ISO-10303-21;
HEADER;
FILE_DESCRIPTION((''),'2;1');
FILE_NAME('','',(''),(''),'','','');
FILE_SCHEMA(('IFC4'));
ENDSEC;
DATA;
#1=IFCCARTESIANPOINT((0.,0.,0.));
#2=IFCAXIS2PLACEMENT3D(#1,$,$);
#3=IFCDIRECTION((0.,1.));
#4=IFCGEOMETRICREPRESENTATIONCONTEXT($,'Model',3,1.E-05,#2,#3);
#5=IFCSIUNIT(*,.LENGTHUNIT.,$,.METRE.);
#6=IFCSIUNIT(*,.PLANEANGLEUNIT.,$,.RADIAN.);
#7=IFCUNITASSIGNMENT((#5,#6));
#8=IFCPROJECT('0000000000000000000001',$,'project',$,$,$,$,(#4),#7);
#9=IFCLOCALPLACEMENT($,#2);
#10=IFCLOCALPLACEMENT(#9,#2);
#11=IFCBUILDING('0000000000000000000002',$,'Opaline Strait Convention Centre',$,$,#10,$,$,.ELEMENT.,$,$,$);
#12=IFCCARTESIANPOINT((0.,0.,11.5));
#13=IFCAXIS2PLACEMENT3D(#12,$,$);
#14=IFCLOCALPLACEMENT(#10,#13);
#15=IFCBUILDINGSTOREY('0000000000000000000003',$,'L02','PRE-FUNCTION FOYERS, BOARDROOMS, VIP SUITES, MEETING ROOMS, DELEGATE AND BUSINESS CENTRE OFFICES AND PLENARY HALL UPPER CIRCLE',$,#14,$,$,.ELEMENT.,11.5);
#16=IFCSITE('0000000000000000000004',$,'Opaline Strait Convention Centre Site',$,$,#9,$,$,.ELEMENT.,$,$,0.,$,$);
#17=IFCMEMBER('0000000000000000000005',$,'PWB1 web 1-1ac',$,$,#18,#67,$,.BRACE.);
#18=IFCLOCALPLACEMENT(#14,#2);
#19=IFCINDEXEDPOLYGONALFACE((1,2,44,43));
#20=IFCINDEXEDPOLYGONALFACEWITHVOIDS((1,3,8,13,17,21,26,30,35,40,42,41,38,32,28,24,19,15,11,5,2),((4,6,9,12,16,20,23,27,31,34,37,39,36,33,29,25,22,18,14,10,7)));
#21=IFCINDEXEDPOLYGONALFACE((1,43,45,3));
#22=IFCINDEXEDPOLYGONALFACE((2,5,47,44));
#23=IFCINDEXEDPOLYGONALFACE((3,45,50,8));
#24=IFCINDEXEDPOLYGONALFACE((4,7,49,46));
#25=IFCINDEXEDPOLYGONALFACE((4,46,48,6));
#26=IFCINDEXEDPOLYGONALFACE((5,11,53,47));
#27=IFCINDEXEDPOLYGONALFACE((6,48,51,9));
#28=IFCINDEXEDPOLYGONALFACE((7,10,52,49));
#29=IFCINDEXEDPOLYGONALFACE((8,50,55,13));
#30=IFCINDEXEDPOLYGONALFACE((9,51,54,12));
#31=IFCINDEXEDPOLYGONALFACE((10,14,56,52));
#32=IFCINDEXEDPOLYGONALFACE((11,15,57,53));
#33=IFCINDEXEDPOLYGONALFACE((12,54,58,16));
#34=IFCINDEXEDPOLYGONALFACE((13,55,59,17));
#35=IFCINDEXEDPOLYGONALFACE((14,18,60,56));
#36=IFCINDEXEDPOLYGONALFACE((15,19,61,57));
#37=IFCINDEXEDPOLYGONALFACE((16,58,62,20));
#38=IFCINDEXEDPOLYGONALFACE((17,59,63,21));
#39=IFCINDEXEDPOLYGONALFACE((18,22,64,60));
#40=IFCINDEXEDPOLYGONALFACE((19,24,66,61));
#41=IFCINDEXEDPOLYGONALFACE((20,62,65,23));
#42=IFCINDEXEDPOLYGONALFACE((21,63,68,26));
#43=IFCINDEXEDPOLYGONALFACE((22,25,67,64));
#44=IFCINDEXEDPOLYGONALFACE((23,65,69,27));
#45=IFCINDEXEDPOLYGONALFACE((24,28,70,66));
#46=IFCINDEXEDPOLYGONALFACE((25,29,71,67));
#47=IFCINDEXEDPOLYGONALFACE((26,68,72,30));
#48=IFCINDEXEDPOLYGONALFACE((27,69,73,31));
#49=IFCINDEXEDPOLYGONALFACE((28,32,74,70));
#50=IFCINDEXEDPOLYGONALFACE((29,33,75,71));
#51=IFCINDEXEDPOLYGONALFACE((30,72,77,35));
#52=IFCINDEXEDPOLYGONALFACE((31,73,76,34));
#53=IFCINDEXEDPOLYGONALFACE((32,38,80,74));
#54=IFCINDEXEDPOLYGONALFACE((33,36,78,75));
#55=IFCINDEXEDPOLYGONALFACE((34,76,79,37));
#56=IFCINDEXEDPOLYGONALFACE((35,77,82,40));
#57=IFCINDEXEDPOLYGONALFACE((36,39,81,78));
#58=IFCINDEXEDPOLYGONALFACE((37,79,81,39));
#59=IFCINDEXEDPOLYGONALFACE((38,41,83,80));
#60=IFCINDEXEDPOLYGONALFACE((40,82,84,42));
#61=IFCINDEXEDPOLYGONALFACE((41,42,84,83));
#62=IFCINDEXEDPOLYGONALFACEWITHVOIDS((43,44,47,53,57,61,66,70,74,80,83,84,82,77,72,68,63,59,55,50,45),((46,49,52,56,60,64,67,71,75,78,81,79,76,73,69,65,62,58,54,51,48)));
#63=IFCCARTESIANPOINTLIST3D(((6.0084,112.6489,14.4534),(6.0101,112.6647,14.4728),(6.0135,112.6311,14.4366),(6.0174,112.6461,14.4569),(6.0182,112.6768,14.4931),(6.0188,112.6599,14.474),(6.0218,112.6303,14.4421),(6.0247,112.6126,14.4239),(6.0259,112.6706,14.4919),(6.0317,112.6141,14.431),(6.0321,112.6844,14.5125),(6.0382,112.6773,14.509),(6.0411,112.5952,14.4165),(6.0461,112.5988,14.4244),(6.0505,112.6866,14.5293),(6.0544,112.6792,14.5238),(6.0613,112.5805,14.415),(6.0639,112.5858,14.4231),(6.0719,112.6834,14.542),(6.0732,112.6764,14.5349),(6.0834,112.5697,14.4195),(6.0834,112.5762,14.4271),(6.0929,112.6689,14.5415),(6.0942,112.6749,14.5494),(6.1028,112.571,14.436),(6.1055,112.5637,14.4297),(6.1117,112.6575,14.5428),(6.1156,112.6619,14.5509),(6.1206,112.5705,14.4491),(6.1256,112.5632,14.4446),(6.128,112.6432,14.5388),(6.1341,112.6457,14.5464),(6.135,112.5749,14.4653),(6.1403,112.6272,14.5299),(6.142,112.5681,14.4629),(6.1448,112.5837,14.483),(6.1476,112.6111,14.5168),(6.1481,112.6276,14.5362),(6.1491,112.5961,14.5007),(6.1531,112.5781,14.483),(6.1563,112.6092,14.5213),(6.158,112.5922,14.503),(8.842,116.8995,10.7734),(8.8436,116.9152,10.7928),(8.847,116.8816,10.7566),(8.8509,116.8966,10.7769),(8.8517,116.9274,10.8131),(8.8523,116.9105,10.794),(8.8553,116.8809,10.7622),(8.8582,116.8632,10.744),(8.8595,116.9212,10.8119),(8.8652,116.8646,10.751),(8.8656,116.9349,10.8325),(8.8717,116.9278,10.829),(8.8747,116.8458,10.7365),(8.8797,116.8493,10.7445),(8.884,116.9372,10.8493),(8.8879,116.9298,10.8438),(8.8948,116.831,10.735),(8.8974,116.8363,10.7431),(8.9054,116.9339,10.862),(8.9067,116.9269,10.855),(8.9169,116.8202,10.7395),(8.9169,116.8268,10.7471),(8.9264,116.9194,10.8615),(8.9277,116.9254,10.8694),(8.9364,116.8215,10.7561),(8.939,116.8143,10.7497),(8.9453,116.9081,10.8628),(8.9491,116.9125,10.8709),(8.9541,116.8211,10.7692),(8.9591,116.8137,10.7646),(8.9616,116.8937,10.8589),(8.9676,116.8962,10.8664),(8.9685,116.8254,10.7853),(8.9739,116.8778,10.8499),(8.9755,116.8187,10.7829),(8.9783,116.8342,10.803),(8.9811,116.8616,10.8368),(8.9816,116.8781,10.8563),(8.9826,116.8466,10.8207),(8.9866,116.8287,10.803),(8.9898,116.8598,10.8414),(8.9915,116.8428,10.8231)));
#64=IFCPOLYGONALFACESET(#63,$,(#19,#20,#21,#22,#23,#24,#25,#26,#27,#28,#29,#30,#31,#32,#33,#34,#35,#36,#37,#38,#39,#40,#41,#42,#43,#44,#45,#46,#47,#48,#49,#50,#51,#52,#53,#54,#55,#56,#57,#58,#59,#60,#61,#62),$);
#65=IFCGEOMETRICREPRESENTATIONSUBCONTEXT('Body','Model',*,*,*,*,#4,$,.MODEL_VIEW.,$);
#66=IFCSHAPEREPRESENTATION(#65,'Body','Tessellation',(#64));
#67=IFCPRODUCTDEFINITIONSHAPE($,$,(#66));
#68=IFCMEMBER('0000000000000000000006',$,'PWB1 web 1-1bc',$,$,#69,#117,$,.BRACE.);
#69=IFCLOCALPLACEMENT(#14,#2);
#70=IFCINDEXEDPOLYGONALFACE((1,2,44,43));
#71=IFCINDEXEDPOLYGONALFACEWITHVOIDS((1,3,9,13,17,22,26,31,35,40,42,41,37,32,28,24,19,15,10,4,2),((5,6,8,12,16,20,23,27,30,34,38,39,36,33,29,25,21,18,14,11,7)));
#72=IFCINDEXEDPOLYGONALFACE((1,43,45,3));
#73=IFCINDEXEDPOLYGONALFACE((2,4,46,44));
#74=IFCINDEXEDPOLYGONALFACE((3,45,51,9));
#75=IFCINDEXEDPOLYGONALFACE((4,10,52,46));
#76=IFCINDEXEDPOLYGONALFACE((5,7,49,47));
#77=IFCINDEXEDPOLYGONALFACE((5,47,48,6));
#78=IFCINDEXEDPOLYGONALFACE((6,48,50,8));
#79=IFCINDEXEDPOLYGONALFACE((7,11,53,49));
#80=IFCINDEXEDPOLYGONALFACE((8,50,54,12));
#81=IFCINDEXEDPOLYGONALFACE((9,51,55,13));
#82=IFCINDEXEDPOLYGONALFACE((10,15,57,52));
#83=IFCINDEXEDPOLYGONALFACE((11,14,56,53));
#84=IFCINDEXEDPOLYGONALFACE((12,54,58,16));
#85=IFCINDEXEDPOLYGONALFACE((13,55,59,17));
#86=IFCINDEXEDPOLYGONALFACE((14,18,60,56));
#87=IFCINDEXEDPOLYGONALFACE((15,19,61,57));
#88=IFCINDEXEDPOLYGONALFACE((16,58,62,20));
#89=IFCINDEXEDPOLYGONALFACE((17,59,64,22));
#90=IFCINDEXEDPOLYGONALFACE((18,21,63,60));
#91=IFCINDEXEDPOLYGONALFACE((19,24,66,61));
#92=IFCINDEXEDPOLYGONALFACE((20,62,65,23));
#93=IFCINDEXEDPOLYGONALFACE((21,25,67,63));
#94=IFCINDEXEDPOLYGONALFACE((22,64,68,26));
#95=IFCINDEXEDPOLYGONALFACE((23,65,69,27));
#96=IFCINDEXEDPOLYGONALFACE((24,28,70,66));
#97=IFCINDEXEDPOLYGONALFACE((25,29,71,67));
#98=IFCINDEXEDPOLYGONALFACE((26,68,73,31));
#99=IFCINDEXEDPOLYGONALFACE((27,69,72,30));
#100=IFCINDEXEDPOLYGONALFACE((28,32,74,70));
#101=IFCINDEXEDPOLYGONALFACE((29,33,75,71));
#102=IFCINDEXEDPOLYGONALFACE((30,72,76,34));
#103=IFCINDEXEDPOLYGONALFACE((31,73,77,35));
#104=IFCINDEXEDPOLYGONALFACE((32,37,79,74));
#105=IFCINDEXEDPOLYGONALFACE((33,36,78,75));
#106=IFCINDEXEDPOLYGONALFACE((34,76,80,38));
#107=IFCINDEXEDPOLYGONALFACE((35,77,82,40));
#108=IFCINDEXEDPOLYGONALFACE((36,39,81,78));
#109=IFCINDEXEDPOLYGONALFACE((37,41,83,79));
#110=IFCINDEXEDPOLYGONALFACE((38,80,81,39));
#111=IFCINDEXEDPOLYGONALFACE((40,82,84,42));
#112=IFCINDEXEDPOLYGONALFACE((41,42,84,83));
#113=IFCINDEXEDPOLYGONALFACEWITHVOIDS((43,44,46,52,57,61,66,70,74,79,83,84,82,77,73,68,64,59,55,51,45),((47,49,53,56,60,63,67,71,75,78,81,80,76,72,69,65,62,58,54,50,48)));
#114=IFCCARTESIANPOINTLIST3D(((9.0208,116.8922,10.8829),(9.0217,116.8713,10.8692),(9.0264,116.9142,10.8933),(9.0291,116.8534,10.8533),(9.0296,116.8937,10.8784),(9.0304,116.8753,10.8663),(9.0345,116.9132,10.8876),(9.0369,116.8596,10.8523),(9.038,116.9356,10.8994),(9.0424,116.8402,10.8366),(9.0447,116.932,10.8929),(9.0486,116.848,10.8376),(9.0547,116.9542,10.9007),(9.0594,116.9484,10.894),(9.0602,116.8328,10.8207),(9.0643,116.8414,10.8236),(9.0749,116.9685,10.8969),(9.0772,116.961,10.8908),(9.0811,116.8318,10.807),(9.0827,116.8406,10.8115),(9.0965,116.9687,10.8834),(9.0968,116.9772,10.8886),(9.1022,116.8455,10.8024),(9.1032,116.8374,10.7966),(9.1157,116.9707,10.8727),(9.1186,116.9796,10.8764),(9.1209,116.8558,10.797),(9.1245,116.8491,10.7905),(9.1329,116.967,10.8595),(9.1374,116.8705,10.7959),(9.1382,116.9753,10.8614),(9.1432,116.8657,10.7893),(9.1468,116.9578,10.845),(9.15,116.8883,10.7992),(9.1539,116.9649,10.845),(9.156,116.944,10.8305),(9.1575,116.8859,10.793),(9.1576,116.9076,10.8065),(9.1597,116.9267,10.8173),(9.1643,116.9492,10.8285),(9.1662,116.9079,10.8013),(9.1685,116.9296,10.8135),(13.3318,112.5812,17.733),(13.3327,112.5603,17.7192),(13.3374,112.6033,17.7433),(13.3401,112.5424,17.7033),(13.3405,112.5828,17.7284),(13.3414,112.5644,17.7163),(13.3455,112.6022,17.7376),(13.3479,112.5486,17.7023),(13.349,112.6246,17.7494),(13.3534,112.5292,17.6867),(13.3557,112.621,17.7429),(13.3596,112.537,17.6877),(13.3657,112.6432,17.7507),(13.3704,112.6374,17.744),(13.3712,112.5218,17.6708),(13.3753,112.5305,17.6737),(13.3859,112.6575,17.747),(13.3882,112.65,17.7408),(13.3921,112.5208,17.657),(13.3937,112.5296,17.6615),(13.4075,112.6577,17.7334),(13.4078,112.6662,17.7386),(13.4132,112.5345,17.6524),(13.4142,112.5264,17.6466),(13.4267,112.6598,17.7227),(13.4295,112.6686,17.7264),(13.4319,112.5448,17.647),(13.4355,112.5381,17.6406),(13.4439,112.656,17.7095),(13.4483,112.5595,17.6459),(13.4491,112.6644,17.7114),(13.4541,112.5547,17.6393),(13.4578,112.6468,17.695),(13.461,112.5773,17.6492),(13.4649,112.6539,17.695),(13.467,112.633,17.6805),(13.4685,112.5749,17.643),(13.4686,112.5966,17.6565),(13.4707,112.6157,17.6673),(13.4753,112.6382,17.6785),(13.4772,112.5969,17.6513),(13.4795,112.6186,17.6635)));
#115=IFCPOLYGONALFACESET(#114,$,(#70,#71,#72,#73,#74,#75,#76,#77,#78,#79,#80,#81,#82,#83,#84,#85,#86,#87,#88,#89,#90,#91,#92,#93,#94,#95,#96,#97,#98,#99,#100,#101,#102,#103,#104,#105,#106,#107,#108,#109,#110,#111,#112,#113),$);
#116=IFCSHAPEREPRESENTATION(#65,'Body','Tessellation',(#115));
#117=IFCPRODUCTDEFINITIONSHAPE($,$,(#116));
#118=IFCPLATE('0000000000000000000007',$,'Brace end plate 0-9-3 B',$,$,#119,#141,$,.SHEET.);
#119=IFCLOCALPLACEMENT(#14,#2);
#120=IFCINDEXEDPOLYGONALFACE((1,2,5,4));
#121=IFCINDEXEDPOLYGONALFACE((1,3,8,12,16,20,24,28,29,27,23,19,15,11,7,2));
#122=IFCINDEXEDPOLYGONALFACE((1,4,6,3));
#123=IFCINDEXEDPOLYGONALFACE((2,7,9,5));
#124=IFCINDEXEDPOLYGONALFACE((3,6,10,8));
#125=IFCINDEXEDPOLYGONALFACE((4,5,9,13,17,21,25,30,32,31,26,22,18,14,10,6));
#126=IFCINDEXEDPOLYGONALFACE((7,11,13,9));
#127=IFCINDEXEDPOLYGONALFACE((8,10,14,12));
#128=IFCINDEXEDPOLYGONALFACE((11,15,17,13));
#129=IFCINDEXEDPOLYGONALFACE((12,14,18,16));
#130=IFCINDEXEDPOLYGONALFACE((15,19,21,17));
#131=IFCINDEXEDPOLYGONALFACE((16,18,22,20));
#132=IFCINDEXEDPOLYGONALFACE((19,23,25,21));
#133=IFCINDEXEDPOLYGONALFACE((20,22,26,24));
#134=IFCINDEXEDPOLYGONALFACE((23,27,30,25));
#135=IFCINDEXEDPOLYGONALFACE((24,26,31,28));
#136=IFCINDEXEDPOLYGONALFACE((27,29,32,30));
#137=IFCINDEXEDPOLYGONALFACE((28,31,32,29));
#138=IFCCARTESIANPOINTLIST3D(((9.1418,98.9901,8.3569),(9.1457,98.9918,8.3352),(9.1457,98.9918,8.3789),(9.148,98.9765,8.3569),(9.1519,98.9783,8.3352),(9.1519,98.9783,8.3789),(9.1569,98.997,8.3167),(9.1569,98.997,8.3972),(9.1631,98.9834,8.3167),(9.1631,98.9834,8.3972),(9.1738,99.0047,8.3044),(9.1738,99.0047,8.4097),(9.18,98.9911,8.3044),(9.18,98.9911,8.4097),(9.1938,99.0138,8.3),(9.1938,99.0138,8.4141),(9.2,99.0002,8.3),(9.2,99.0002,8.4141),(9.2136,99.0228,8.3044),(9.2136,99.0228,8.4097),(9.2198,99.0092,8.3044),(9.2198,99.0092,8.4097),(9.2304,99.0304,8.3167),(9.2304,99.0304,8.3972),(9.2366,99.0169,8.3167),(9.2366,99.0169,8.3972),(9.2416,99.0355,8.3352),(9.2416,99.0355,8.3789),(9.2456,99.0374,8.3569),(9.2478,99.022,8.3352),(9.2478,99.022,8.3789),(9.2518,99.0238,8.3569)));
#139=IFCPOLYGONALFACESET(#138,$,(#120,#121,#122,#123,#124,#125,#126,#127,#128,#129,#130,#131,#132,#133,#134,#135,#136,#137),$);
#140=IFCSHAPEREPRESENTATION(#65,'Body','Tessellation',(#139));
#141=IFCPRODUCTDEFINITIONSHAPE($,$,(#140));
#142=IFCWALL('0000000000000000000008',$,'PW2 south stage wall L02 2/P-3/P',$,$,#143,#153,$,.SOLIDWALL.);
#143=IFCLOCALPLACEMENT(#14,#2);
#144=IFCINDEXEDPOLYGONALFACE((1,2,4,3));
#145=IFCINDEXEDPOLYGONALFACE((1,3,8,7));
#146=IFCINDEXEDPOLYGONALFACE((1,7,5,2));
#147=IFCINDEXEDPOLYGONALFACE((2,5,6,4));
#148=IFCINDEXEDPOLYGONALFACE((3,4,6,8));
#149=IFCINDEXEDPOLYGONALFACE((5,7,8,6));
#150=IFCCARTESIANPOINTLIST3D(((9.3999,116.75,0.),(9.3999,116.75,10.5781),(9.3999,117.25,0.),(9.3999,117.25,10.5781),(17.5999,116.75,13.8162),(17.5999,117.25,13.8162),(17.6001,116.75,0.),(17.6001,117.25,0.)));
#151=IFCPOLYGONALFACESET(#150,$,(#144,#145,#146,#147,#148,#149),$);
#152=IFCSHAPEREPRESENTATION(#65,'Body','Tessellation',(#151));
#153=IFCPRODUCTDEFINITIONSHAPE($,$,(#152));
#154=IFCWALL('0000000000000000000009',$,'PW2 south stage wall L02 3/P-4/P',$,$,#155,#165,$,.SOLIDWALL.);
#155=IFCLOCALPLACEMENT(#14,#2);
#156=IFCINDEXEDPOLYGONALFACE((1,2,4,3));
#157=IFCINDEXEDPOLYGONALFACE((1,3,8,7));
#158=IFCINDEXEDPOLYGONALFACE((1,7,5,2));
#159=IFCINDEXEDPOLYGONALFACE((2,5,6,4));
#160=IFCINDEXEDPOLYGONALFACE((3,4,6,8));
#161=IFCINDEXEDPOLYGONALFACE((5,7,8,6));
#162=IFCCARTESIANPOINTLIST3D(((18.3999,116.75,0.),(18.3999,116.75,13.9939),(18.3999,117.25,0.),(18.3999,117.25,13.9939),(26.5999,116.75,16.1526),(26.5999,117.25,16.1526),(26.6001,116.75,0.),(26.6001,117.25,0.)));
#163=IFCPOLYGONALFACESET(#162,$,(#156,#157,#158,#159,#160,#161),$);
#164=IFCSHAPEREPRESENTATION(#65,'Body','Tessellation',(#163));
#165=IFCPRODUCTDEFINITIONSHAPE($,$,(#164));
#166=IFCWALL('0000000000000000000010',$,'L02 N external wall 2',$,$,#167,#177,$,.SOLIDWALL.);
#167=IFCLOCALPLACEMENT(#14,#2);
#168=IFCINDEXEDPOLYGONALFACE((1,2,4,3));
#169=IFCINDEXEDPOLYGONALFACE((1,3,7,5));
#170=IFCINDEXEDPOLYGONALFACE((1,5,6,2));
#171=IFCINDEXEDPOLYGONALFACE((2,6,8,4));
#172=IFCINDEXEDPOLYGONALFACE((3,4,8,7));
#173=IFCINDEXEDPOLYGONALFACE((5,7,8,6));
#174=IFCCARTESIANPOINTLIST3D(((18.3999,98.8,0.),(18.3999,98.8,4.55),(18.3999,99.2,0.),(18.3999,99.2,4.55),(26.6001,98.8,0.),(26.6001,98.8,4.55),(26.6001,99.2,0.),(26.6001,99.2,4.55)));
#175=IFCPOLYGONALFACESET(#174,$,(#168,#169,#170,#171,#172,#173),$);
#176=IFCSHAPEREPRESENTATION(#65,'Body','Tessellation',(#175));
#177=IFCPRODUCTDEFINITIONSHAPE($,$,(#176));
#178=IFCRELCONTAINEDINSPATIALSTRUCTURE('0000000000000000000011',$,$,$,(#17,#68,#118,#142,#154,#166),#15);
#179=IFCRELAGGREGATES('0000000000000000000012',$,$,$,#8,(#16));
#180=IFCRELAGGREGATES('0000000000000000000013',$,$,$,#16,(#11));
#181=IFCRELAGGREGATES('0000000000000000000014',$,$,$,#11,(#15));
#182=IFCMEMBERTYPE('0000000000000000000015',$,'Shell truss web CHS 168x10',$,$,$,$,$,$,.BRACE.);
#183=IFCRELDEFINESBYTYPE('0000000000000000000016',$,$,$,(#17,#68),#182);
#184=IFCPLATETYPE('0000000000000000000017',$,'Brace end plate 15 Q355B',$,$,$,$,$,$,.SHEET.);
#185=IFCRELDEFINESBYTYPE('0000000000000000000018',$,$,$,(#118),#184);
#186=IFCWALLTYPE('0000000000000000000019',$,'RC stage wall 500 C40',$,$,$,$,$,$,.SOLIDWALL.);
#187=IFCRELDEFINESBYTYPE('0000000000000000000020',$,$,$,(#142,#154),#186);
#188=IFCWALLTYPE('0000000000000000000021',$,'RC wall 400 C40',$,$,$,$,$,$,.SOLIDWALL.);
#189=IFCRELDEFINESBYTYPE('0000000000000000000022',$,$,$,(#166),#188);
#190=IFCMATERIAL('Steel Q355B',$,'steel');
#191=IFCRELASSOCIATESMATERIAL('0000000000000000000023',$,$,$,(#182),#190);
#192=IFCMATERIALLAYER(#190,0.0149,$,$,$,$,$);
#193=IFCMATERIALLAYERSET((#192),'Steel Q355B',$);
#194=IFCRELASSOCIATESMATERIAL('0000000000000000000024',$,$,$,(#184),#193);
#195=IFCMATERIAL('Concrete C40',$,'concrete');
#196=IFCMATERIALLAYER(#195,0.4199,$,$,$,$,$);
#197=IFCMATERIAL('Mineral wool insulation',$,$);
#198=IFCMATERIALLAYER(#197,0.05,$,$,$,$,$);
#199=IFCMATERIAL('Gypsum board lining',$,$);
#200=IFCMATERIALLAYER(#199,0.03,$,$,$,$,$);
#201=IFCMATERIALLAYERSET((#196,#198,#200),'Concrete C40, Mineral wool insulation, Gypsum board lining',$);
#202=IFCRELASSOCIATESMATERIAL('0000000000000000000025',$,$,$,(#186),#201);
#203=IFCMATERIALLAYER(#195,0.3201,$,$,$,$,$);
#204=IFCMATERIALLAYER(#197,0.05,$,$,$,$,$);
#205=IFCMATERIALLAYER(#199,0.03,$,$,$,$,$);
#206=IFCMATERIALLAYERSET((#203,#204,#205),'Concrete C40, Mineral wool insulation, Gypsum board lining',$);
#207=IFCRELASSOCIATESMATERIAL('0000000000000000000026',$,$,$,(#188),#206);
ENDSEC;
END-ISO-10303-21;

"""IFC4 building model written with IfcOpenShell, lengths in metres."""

from ifc_helpers import new_model, si_unit, direction, frame, frame_2d, origin, origin_2d, place, context, subcontext, project, spatial, polyline, rectangle, hollow_circle, outline, extrude, material, layer, layer_set, material_profile, profile_set, type_object, element, save


model = new_model("IFC4")

# Units and contexts
model_context = context("Model", 3, precision=1e-05, world=origin(), true_north=direction((0.0, 1.0)))
body_context = subcontext(model_context, "Body", "Model", "MODEL_VIEW")
ifc_project = project(units=[si_unit("LENGTHUNIT", "METRE"), si_unit("PLANEANGLEUNIT", "RADIAN")], contexts=[model_context])

# Site, building, storey
site_placement = place(None, origin())
site = spatial("IfcSite", under=ifc_project, at=site_placement, Name="Opaline Strait Convention Centre Site", CompositionType="ELEMENT", RefElevation=0.0)
building_placement = place(site_placement, origin())
building = spatial("IfcBuilding", under=site, at=building_placement, Name="Opaline Strait Convention Centre", CompositionType="ELEMENT")
storey_placement = place(building_placement, frame((0.0, 0.0, 11.5)))
storey = spatial("IfcBuildingStorey", under=building, at=storey_placement, Name="L02", Description="PRE-FUNCTION FOYERS, BOARDROOMS, VIP SUITES, MEETING ROOMS, DELEGATE AND BUSINESS CENTRE OFFICES AND PLENARY HALL UPPER CIRCLE", CompositionType="ELEMENT", Elevation=11.5)

# Shared definitions
ifc_material_1 = material(Name="Concrete C40", Category="concrete")

# Members
ifc_material_2 = material(Name="Steel Q355B", Category="steel")
ifc_material_profile_1 = material_profile(ifc_material_2, hollow_circle(Radius=0.084, WallThickness=0.01, at=origin_2d()), Name="CHS 168x10")
ifc_profile_set_1 = profile_set([ifc_material_profile_1], Name="Steel Q355B")
member_type_1 = type_object("IfcMemberType", Name="Shell truss web CHS 168x10", PredefinedType="BRACE", material=ifc_profile_set_1)
member_1_placement = place(storey_placement, frame((8.9167, 116.8752, 10.803), z_axis=(-0.45006, -0.675129, 0.584505), x_axis=(0.832065, -0.554678, 0.0)))
element("IfcMember", 1, at=member_1_placement, inside=storey, type_object=member_type_1, Name="PWB1 web 1-1ac", PredefinedType="BRACE", context=body_context, shape_type="SweptSolid", body=[
    extrude(hollow_circle(Radius=0.084, WallThickness=0.01, at=origin_2d()), origin(), (0.0, 0.0, 1.0), 6.2959),
])
member_2_placement = place(storey_placement, frame((9.0945, 116.9055, 10.845), z_axis=(0.47011, -0.47011, 0.74699), x_axis=(0.707107, 0.707107, 0.0)))
element("IfcMember", 2, at=member_2_placement, inside=storey, type_object=member_type_1, Name="PWB1 web 1-1bc", PredefinedType="BRACE", context=body_context, shape_type="SweptSolid", body=[
    extrude(hollow_circle(Radius=0.084, WallThickness=0.01, at=origin_2d()), origin(), (0.0, 0.0, 1.0), 9.1702),
])

# Plate
ifc_layer_1 = layer(ifc_material_2, 0.0149)
ifc_layer_set_1 = layer_set([ifc_layer_1], Name="Steel Q355B")
plate_type = type_object("IfcPlateType", Name="Brace end plate 15 Q355B", PredefinedType="SHEET", material=ifc_layer_set_1)
plate_placement = place(storey_placement, frame((9.2456, 99.0374, 8.3569), z_axis=(-0.414547, 0.910028, 0.0), x_axis=(-0.179212, -0.081637, -0.980418)))
element("IfcPlate", 3, at=plate_placement, inside=storey, type_object=plate_type, Name="Brace end plate 0-9-3 B", PredefinedType="SHEET", context=body_context, shape_type="SweptSolid", body=[
    extrude(outline(polyline([(0.0, 0.0), (0.0222, 0.0), (0.0428, 0.0084), (0.0584, 0.0242), (0.067, 0.0446), (0.067, 0.067), (0.0587, 0.0876), (0.0429, 0.1034), (0.0225, 0.1118), (0.0001, 0.112), (-0.0203, 0.1035), (-0.0362, 0.0877), (-0.0448, 0.0671), (-0.0448, 0.0449), (-0.0362, 0.0243), (-0.0207, 0.0086), (0.0, 0.0)])), origin(), (0.0, 0.0, -1.0), 0.0149),
])

# Walls
ifc_layer_2 = layer(ifc_material_1, 0.4199)
ifc_material_3 = material(Name="Mineral wool insulation")
ifc_layer_3 = layer(ifc_material_3, 0.05)
ifc_material_4 = material(Name="Gypsum board lining")
ifc_layer_4 = layer(ifc_material_4, 0.03)
ifc_layer_set_2 = layer_set([ifc_layer_2, ifc_layer_3, ifc_layer_4], Name="Concrete C40, Mineral wool insulation, Gypsum board lining")
wall_type_1 = type_object("IfcWallType", Name="RC stage wall 500 C40", PredefinedType="SOLIDWALL", material=ifc_layer_set_2)
wall_1_placement = place(storey_placement, frame((9.3999, 117.0, 0.0), z_axis=(0.0, 0.0, 1.0), x_axis=(1.0, 0.0, 0.0)))
element("IfcWall", 4, at=wall_1_placement, inside=storey, type_object=wall_type_1, Name="PW2 south stage wall L02 2/P-3/P", PredefinedType="SOLIDWALL", context=body_context, shape_type="SweptSolid", body=[
    extrude(outline(polyline([(0.0, 0.0), (8.2002, 0.0), (8.2, 13.8162), (0.0, 10.5781), (0.0, 0.0)])), frame((0.0, 0.25, 0.0), z_axis=(0.0, -1.0, 0.0), x_axis=(1.0, 0.0, 0.0)), (0.0, 0.0, 1.0), 0.5),
])
wall_2_placement = place(storey_placement, frame((18.3999, 117.0, 0.0), z_axis=(0.0, 0.0, 1.0), x_axis=(1.0, 0.0, 0.0)))
element("IfcWall", 5, at=wall_2_placement, inside=storey, type_object=wall_type_1, Name="PW2 south stage wall L02 3/P-4/P", PredefinedType="SOLIDWALL", context=body_context, shape_type="SweptSolid", body=[
    extrude(outline(polyline([(0.0, 0.0), (8.2002, 0.0), (8.2, 16.1526), (0.0, 13.9939), (0.0, 0.0)])), frame((0.0, 0.25, 0.0), z_axis=(0.0, -1.0, 0.0), x_axis=(1.0, 0.0, 0.0)), (0.0, 0.0, 1.0), 0.5),
])
ifc_layer_5 = layer(ifc_material_1, 0.3201)
ifc_layer_6 = layer(ifc_material_3, 0.05)
ifc_layer_7 = layer(ifc_material_4, 0.03)
ifc_layer_set_3 = layer_set([ifc_layer_5, ifc_layer_6, ifc_layer_7], Name="Concrete C40, Mineral wool insulation, Gypsum board lining")
wall_type_2 = type_object("IfcWallType", Name="RC wall 400 C40", PredefinedType="SOLIDWALL", material=ifc_layer_set_3)
wall_3_placement = place(storey_placement, frame((18.3999, 99.0, 0.0), z_axis=(0.0, 0.0, 1.0), x_axis=(1.0, 0.0, 0.0)))
element("IfcWall", 6, at=wall_3_placement, inside=storey, type_object=wall_type_2, Name="L02 N external wall 2", PredefinedType="SOLIDWALL", context=body_context, shape_type="SweptSolid", body=[
    extrude(rectangle(XDim=8.2002, YDim=0.3999, at=frame_2d((4.1001, 0.0))), origin(), (0.0, 0.0, 1.0), 4.55),
])

save(model, "model.ifc")
